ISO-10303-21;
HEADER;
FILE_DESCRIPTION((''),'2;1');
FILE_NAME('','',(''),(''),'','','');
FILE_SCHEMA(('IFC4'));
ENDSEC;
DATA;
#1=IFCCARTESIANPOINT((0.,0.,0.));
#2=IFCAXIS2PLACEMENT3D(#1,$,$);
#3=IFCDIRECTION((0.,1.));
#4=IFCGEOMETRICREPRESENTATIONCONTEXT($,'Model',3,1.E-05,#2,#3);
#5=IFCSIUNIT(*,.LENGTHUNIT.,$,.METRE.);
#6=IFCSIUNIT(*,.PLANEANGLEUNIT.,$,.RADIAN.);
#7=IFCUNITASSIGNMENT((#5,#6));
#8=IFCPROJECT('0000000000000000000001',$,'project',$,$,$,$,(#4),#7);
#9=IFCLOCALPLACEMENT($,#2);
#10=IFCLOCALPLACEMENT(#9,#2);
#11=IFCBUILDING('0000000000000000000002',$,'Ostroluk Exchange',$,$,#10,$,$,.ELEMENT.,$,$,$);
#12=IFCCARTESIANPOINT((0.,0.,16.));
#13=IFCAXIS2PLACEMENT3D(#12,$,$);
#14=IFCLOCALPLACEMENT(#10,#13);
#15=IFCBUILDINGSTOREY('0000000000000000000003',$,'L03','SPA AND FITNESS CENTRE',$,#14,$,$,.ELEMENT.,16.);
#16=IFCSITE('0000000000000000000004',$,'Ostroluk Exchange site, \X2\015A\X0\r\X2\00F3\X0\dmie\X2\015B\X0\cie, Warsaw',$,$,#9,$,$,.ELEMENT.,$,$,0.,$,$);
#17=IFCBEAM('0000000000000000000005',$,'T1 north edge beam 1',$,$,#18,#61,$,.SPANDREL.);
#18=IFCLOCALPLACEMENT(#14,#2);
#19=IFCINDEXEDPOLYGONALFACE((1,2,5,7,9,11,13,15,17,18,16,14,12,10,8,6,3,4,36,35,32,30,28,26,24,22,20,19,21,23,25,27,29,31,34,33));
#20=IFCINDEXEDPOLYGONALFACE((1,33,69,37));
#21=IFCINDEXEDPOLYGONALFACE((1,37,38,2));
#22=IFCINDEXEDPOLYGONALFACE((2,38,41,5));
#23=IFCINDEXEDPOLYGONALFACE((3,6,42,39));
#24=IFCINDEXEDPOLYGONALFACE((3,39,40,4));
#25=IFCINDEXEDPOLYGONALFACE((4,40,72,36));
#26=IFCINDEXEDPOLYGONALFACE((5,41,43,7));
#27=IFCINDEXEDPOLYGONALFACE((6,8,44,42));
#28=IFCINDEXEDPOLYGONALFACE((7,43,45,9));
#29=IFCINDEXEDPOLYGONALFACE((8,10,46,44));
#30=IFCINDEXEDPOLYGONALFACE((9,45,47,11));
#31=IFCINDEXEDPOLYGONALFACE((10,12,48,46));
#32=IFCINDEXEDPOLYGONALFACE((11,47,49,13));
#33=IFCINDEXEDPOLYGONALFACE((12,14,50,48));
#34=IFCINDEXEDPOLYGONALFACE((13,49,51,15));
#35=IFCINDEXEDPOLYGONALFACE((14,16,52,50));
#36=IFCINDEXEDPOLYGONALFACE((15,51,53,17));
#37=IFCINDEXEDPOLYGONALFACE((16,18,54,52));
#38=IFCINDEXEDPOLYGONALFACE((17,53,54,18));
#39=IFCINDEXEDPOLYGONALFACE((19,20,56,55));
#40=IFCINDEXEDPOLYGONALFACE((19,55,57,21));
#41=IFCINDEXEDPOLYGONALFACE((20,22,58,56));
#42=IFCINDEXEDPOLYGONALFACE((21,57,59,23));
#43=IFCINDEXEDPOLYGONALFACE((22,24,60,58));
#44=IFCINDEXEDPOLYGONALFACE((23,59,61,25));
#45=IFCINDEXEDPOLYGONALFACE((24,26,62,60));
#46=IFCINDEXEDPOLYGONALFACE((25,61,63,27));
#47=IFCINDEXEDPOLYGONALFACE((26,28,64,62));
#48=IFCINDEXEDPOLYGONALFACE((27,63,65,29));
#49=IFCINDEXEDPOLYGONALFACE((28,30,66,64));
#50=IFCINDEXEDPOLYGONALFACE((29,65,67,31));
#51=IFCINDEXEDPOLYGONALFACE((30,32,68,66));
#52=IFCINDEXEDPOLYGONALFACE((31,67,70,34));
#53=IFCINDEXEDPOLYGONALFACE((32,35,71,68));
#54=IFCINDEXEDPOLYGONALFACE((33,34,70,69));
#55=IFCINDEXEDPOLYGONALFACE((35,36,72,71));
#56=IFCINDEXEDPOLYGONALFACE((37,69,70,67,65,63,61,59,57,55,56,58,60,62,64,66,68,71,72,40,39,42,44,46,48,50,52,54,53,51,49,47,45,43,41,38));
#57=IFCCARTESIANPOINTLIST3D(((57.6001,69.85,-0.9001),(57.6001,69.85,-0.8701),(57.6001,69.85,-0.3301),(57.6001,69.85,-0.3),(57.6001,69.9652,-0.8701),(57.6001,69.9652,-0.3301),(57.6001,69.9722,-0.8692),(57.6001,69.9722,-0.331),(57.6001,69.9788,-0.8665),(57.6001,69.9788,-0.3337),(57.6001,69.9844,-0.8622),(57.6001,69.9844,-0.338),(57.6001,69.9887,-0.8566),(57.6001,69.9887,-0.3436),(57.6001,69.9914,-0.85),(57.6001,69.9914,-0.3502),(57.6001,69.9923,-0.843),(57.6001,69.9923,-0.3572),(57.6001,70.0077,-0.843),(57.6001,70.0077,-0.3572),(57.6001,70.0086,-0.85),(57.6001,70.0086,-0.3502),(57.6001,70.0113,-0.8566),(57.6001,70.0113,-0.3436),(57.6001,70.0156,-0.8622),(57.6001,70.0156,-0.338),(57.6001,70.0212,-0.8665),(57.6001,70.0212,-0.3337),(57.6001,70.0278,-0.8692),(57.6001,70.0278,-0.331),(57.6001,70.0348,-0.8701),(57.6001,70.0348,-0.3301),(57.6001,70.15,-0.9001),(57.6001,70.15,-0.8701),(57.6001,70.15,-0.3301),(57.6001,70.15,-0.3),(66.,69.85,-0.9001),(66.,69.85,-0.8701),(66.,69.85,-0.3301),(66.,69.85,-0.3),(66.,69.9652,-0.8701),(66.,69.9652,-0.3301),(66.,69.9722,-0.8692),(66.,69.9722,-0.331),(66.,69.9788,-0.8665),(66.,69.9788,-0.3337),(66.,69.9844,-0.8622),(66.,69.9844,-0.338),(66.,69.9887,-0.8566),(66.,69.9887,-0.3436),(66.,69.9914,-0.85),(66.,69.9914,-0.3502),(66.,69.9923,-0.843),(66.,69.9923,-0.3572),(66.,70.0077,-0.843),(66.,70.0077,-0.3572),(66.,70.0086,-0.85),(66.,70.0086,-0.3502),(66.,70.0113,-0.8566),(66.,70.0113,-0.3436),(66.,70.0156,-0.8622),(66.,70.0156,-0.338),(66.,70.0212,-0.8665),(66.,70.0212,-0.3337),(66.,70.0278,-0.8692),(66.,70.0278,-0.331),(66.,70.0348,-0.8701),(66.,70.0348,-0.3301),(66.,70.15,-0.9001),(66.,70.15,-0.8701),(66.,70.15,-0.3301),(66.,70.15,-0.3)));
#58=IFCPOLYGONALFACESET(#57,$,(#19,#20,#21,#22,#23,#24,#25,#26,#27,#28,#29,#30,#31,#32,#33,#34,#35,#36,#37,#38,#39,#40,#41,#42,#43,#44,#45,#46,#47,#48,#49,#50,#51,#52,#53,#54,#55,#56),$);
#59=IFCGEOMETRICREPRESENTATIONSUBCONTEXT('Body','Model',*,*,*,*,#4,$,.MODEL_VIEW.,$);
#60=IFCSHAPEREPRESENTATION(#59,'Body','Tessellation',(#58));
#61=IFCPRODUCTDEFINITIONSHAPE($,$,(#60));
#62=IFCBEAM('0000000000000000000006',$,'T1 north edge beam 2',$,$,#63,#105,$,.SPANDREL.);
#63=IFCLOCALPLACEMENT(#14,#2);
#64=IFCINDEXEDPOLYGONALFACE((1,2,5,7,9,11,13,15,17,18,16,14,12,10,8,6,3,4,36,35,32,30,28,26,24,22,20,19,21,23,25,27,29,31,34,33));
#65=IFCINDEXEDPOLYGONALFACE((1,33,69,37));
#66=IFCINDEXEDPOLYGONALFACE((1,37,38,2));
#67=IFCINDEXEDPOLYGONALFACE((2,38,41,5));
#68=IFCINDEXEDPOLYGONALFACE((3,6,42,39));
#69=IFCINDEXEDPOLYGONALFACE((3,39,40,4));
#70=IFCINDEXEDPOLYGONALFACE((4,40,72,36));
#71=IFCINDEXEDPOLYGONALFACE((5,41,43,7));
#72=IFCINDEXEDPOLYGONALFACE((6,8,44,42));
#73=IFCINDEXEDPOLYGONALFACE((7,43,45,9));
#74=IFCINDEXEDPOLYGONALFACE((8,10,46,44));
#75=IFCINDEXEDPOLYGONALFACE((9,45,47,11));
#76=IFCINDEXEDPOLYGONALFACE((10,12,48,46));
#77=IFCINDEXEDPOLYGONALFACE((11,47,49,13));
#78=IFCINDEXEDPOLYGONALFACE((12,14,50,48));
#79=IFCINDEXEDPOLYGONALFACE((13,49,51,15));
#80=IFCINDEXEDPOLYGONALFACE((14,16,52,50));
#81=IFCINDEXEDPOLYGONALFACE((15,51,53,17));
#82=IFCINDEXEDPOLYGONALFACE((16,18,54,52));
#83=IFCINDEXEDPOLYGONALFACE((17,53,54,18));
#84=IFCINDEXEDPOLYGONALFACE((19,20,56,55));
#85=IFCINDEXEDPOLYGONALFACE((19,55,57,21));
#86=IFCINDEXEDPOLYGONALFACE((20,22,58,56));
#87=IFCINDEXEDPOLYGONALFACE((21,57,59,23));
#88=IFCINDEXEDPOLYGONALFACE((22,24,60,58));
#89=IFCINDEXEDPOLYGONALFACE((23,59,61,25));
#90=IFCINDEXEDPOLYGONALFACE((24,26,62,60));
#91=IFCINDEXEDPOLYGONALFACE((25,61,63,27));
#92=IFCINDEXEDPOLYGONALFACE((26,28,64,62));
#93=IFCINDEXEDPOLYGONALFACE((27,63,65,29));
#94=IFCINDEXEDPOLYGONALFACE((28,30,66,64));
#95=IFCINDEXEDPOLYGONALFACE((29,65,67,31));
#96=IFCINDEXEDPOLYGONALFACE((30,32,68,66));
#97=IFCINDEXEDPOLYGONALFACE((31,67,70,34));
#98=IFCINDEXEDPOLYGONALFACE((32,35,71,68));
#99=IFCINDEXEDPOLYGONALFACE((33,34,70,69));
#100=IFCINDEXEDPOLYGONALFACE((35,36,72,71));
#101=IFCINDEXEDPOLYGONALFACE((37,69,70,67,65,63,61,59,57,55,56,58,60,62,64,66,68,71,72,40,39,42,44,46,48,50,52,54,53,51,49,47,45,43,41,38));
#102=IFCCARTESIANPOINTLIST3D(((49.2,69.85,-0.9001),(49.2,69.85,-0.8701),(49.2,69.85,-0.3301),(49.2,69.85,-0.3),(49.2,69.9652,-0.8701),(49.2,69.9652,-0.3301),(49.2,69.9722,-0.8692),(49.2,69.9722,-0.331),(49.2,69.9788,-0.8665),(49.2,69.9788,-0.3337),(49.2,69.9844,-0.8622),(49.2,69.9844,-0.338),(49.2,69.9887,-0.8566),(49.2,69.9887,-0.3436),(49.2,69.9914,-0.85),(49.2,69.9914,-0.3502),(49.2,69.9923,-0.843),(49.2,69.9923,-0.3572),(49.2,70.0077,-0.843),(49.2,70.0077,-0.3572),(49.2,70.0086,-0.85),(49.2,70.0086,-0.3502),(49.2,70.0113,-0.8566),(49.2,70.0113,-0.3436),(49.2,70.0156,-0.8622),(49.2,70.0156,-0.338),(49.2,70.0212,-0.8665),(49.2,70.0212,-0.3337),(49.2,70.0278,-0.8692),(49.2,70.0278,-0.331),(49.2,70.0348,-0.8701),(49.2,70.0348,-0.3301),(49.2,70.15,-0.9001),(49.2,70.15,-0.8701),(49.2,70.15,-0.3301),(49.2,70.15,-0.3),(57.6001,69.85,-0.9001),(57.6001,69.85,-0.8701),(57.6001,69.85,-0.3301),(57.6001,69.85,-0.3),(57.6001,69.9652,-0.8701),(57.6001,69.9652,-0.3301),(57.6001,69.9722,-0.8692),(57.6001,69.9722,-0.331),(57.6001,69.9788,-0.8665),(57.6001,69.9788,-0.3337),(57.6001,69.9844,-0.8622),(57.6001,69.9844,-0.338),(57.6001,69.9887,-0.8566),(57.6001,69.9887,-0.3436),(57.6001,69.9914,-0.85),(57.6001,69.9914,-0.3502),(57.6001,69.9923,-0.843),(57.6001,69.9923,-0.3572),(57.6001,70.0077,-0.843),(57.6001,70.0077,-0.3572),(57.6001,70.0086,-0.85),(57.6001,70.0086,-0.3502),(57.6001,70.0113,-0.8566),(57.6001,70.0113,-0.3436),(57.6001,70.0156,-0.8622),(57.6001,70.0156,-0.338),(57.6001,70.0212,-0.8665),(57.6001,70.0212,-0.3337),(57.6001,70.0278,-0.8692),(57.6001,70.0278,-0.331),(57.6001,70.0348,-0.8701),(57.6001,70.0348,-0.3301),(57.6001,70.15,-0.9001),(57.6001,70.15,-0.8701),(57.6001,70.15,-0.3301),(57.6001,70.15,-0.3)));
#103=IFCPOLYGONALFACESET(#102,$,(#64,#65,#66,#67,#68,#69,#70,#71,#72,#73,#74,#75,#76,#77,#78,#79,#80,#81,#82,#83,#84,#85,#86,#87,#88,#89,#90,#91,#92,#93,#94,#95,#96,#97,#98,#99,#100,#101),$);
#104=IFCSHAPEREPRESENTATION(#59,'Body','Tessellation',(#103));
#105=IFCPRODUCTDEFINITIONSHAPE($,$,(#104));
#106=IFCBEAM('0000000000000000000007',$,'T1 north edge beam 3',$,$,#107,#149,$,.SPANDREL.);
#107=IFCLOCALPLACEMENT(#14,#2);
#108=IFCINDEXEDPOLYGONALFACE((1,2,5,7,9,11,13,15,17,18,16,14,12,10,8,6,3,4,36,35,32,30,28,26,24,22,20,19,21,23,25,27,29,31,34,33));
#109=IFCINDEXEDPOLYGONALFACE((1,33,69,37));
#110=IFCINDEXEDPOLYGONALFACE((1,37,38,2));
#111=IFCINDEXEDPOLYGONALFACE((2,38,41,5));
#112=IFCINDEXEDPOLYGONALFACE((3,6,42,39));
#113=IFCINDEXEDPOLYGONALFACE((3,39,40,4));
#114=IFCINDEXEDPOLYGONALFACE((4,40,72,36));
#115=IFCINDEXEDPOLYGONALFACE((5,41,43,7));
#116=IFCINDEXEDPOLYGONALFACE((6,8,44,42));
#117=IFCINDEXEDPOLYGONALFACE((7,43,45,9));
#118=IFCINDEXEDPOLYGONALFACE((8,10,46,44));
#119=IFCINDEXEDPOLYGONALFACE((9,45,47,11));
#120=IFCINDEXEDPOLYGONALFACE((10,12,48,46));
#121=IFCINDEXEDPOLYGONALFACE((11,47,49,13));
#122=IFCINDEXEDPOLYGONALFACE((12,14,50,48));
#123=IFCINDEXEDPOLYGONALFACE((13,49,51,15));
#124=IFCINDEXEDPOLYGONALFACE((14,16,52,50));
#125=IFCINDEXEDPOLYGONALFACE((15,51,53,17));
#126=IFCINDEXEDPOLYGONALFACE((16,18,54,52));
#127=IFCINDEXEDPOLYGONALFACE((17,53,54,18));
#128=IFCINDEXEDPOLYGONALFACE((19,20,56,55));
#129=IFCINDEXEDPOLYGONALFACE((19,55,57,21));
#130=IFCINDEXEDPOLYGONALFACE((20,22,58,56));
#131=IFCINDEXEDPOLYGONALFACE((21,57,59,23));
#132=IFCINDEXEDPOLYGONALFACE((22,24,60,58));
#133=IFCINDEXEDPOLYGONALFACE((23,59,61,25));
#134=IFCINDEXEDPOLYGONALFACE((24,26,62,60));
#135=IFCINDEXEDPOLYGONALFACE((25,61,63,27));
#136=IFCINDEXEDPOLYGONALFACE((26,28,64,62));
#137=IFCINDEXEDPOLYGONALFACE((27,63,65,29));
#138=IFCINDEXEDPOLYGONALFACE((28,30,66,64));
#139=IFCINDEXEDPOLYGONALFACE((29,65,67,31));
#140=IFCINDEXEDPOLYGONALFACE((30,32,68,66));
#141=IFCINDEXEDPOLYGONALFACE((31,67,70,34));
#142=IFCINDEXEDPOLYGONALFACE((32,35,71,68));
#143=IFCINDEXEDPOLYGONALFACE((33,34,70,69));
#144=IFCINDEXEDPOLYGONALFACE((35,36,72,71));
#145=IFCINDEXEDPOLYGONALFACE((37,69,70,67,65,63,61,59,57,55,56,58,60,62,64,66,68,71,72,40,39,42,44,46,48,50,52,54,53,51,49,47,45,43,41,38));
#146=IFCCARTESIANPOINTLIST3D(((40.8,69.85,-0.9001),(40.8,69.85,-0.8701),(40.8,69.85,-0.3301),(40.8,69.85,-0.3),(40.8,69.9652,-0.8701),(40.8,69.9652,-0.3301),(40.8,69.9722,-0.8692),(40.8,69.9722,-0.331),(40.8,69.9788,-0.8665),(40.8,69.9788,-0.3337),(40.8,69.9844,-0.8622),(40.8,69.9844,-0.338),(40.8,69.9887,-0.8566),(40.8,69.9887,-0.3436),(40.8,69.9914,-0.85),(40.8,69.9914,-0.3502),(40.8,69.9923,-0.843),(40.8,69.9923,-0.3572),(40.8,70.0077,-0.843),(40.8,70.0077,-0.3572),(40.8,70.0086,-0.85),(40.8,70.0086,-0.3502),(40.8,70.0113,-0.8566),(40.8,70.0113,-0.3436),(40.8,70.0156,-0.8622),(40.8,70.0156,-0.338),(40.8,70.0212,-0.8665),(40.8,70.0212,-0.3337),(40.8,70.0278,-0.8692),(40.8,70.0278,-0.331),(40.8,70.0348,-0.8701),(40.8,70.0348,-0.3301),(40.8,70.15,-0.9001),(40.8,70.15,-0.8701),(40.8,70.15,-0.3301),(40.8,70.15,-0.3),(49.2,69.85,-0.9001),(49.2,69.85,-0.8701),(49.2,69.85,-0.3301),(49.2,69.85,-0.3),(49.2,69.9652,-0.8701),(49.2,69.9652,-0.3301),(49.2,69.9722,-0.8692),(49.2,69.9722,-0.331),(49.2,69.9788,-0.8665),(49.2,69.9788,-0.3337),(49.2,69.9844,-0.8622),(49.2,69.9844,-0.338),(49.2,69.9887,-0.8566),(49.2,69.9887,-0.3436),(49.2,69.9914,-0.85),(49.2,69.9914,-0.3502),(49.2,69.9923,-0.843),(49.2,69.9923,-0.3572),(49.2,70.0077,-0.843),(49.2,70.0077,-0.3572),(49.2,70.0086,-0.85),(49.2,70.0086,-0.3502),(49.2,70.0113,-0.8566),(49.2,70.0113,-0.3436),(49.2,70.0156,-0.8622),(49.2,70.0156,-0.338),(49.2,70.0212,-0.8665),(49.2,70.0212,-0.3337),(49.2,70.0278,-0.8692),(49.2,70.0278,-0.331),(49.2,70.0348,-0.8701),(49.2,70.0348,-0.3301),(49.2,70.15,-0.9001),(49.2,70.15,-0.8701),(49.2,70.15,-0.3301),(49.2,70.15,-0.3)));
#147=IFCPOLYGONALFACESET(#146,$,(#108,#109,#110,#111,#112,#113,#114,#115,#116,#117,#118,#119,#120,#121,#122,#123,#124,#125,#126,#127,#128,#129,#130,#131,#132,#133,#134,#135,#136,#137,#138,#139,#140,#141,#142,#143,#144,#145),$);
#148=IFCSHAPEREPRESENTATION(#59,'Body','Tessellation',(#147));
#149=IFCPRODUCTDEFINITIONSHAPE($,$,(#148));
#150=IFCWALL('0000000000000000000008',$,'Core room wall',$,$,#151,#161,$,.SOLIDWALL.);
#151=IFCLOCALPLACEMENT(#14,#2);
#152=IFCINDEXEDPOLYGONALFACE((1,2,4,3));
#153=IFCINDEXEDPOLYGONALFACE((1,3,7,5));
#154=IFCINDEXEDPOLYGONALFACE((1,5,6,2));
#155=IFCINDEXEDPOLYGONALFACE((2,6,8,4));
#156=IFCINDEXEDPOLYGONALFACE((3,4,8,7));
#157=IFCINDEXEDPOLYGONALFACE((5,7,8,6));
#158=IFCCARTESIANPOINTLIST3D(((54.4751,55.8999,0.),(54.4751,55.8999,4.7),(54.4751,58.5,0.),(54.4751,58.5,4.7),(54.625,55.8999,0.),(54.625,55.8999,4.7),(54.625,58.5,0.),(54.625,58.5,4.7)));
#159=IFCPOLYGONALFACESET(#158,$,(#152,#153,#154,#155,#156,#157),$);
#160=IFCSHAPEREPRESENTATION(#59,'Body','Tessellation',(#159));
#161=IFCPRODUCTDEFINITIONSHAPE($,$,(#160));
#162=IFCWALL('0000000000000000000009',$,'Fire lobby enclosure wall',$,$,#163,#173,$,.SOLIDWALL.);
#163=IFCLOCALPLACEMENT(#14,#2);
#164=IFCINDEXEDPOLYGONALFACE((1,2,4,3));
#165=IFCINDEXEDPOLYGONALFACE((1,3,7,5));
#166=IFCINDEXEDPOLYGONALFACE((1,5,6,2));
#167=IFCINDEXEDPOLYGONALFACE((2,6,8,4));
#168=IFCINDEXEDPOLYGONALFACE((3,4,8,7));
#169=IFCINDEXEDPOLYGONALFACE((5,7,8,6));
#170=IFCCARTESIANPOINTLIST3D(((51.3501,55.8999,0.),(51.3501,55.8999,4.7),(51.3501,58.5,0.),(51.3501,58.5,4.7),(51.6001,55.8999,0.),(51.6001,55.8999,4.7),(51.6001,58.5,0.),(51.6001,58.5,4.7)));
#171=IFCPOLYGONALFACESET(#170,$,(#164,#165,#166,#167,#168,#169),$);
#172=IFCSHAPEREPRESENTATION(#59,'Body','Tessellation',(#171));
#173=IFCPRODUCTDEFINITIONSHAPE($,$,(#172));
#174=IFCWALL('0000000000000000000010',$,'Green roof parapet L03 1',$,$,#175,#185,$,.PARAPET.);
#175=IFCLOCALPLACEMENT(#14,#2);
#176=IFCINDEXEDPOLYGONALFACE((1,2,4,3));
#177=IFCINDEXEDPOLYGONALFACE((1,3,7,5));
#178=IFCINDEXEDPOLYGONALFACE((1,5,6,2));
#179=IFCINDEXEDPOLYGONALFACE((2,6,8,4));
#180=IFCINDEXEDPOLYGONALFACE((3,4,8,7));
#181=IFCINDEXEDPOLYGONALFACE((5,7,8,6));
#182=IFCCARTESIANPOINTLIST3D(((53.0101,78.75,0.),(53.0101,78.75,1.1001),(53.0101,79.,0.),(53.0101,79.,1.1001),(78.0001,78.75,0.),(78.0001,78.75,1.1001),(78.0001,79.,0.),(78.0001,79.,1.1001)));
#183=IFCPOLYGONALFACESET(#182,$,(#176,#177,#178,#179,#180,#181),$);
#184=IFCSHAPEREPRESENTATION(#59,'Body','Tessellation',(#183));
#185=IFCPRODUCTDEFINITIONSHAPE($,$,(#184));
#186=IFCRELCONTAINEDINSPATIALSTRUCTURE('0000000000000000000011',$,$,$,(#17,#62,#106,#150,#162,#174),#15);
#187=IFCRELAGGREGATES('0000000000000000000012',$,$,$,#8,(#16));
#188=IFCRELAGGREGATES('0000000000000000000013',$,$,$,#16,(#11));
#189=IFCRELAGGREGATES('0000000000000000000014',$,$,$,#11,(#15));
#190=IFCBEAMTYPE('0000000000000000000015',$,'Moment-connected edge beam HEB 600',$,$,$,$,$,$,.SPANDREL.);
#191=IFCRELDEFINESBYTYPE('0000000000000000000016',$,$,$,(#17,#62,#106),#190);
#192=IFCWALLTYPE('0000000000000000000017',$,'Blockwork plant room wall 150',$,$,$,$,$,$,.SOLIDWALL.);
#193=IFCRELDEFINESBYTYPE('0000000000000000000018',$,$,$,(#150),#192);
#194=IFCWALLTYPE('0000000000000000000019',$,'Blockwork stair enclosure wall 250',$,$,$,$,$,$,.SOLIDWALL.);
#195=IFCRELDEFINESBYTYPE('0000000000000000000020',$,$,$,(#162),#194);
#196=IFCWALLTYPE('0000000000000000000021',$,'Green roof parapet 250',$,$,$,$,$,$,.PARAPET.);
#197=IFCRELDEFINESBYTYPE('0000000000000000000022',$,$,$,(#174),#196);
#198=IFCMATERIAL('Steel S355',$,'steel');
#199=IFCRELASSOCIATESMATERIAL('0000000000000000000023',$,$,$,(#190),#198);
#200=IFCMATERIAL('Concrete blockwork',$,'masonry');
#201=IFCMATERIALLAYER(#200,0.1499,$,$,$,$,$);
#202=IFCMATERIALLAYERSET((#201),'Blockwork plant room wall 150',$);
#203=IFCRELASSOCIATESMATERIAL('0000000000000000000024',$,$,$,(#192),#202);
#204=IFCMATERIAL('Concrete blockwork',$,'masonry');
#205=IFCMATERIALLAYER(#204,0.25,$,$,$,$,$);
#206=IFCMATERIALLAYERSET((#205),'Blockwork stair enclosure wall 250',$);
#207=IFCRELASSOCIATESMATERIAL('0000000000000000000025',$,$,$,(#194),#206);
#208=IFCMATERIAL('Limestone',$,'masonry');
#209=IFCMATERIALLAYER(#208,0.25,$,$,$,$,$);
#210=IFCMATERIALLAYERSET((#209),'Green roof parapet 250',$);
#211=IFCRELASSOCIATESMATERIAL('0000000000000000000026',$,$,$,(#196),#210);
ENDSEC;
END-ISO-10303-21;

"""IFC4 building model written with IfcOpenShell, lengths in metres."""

from ifc_helpers import new_model, si_unit, direction, frame, frame_2d, origin, origin_2d, place, context, subcontext, project, spatial, rectangle, i_section, extrude, material, layer, layer_set, material_profile, profile_set, type_object, element, save


model = new_model("IFC4")

# Units and contexts
model_context = context("Model", 3, precision=1e-05, world=origin(), true_north=direction((0.0, 1.0)))
body_context = subcontext(model_context, "Body", "Model", "MODEL_VIEW")
ifc_project = project(units=[si_unit("LENGTHUNIT", "METRE"), si_unit("PLANEANGLEUNIT", "RADIAN")], contexts=[model_context])

# Site, building, storey
site_placement = place(None, origin())
site = spatial("IfcSite", under=ifc_project, at=site_placement, Name="Ostroluk Exchange site, Śródmieście, Warsaw", CompositionType="ELEMENT", RefElevation=0.0)
building_placement = place(site_placement, origin())
building = spatial("IfcBuilding", under=site, at=building_placement, Name="Ostroluk Exchange", CompositionType="ELEMENT")
storey_placement = place(building_placement, frame((0.0, 0.0, 16.0)))
storey = spatial("IfcBuildingStorey", under=building, at=storey_placement, Name="L03", Description="SPA AND FITNESS CENTRE", CompositionType="ELEMENT", Elevation=16.0)

# Beams
ifc_material_1 = material(Name="Steel S355", Category="steel")
ifc_material_profile_1 = material_profile(ifc_material_1, i_section(OverallWidth=0.3, OverallDepth=0.6001, WebThickness=0.0154, FlangeThickness=0.03, FilletRadius=0.0271, at=origin_2d()), Name="HEB 600")
ifc_profile_set_1 = profile_set([ifc_material_profile_1], Name="Steel S355")
beam_type_1 = type_object("IfcBeamType", Name="Moment-connected edge beam HEB 600", PredefinedType="SPANDREL", material=ifc_profile_set_1)
beam_1_placement = place(storey_placement, frame((66.0, 70.0, -0.6001), z_axis=(-1.0, 0.0, 0.0), x_axis=(0.0, -1.0, 0.0)))
element("IfcBeam", 1, at=beam_1_placement, inside=storey, type_object=beam_type_1, Name="T1 north edge beam 1", PredefinedType="SPANDREL", context=body_context, shape_type="SweptSolid", body=[
    extrude(i_section(OverallWidth=0.3, OverallDepth=0.6001, WebThickness=0.0154, FlangeThickness=0.03, FilletRadius=0.0271, at=origin_2d()), origin(), (0.0, 0.0, 1.0), 8.3999),
])
beam_2_placement = place(storey_placement, frame((57.6001, 70.0, -0.6001), z_axis=(-1.0, 0.0, 0.0), x_axis=(0.0, -1.0, 0.0)))
element("IfcBeam", 2, at=beam_2_placement, inside=storey, type_object=beam_type_1, Name="T1 north edge beam 2", PredefinedType="SPANDREL", context=body_context, shape_type="SweptSolid", body=[
    extrude(i_section(OverallWidth=0.3, OverallDepth=0.6001, WebThickness=0.0154, FlangeThickness=0.03, FilletRadius=0.0271, at=origin_2d()), origin(), (0.0, 0.0, 1.0), 8.4001),
])
beam_3_placement = place(storey_placement, frame((49.2, 70.0, -0.6001), z_axis=(-1.0, 0.0, 0.0), x_axis=(0.0, -1.0, 0.0)))
element("IfcBeam", 3, at=beam_3_placement, inside=storey, type_object=beam_type_1, Name="T1 north edge beam 3", PredefinedType="SPANDREL", context=body_context, shape_type="SweptSolid", body=[
    extrude(i_section(OverallWidth=0.3, OverallDepth=0.6001, WebThickness=0.0154, FlangeThickness=0.03, FilletRadius=0.0271, at=origin_2d()), origin(), (0.0, 0.0, 1.0), 8.3999),
])

# Walls
ifc_material_2 = material(Name="Concrete blockwork", Category="masonry")
ifc_layer_1 = layer(ifc_material_2, 0.1499)
ifc_layer_set_1 = layer_set([ifc_layer_1], Name="Blockwork plant room wall 150")
wall_type_1 = type_object("IfcWallType", Name="Blockwork plant room wall 150", PredefinedType="SOLIDWALL", material=ifc_layer_set_1)
wall_1_placement = place(storey_placement, frame((54.55, 55.8999, 0.0), z_axis=(0.0, 0.0, 1.0), x_axis=(0.0, 1.0, 0.0)))
element("IfcWall", 4, at=wall_1_placement, inside=storey, type_object=wall_type_1, Name="Core room wall", PredefinedType="SOLIDWALL", context=body_context, shape_type="SweptSolid", body=[
    extrude(rectangle(XDim=2.6001, YDim=0.1499, at=frame_2d((1.3, 0.0))), origin(), (0.0, 0.0, 1.0), 4.7),
])
ifc_material_3 = material(Name="Concrete blockwork", Category="masonry")
ifc_layer_2 = layer(ifc_material_3, 0.25)
ifc_layer_set_2 = layer_set([ifc_layer_2], Name="Blockwork stair enclosure wall 250")
wall_type_2 = type_object("IfcWallType", Name="Blockwork stair enclosure wall 250", PredefinedType="SOLIDWALL", material=ifc_layer_set_2)
wall_2_placement = place(storey_placement, frame((51.4751, 55.8999, 0.0), z_axis=(0.0, 0.0, 1.0), x_axis=(0.0, 1.0, 0.0)))
element("IfcWall", 5, at=wall_2_placement, inside=storey, type_object=wall_type_2, Name="Fire lobby enclosure wall", PredefinedType="SOLIDWALL", context=body_context, shape_type="SweptSolid", body=[
    extrude(rectangle(XDim=2.6001, YDim=0.25, at=frame_2d((1.3, 0.0))), origin(), (0.0, 0.0, 1.0), 4.7),
])
ifc_material_4 = material(Name="Limestone", Category="masonry")
ifc_layer_3 = layer(ifc_material_4, 0.25)
ifc_layer_set_3 = layer_set([ifc_layer_3], Name="Green roof parapet 250")
wall_type_3 = type_object("IfcWallType", Name="Green roof parapet 250", PredefinedType="PARAPET", material=ifc_layer_set_3)
wall_3_placement = place(storey_placement, frame((53.01, 78.875, 0.0), z_axis=(0.0, 0.0, 1.0), x_axis=(1.0, 0.0, 0.0)))
element("IfcWall", 6, at=wall_3_placement, inside=storey, type_object=wall_type_3, Name="Green roof parapet L03 1", PredefinedType="PARAPET", context=body_context, shape_type="SweptSolid", body=[
    extrude(rectangle(XDim=24.99, YDim=0.25, at=frame_2d((12.4951, 0.0))), origin(), (0.0, 0.0, 1.0), 1.1001),
])

save(model, "model.ifc")
